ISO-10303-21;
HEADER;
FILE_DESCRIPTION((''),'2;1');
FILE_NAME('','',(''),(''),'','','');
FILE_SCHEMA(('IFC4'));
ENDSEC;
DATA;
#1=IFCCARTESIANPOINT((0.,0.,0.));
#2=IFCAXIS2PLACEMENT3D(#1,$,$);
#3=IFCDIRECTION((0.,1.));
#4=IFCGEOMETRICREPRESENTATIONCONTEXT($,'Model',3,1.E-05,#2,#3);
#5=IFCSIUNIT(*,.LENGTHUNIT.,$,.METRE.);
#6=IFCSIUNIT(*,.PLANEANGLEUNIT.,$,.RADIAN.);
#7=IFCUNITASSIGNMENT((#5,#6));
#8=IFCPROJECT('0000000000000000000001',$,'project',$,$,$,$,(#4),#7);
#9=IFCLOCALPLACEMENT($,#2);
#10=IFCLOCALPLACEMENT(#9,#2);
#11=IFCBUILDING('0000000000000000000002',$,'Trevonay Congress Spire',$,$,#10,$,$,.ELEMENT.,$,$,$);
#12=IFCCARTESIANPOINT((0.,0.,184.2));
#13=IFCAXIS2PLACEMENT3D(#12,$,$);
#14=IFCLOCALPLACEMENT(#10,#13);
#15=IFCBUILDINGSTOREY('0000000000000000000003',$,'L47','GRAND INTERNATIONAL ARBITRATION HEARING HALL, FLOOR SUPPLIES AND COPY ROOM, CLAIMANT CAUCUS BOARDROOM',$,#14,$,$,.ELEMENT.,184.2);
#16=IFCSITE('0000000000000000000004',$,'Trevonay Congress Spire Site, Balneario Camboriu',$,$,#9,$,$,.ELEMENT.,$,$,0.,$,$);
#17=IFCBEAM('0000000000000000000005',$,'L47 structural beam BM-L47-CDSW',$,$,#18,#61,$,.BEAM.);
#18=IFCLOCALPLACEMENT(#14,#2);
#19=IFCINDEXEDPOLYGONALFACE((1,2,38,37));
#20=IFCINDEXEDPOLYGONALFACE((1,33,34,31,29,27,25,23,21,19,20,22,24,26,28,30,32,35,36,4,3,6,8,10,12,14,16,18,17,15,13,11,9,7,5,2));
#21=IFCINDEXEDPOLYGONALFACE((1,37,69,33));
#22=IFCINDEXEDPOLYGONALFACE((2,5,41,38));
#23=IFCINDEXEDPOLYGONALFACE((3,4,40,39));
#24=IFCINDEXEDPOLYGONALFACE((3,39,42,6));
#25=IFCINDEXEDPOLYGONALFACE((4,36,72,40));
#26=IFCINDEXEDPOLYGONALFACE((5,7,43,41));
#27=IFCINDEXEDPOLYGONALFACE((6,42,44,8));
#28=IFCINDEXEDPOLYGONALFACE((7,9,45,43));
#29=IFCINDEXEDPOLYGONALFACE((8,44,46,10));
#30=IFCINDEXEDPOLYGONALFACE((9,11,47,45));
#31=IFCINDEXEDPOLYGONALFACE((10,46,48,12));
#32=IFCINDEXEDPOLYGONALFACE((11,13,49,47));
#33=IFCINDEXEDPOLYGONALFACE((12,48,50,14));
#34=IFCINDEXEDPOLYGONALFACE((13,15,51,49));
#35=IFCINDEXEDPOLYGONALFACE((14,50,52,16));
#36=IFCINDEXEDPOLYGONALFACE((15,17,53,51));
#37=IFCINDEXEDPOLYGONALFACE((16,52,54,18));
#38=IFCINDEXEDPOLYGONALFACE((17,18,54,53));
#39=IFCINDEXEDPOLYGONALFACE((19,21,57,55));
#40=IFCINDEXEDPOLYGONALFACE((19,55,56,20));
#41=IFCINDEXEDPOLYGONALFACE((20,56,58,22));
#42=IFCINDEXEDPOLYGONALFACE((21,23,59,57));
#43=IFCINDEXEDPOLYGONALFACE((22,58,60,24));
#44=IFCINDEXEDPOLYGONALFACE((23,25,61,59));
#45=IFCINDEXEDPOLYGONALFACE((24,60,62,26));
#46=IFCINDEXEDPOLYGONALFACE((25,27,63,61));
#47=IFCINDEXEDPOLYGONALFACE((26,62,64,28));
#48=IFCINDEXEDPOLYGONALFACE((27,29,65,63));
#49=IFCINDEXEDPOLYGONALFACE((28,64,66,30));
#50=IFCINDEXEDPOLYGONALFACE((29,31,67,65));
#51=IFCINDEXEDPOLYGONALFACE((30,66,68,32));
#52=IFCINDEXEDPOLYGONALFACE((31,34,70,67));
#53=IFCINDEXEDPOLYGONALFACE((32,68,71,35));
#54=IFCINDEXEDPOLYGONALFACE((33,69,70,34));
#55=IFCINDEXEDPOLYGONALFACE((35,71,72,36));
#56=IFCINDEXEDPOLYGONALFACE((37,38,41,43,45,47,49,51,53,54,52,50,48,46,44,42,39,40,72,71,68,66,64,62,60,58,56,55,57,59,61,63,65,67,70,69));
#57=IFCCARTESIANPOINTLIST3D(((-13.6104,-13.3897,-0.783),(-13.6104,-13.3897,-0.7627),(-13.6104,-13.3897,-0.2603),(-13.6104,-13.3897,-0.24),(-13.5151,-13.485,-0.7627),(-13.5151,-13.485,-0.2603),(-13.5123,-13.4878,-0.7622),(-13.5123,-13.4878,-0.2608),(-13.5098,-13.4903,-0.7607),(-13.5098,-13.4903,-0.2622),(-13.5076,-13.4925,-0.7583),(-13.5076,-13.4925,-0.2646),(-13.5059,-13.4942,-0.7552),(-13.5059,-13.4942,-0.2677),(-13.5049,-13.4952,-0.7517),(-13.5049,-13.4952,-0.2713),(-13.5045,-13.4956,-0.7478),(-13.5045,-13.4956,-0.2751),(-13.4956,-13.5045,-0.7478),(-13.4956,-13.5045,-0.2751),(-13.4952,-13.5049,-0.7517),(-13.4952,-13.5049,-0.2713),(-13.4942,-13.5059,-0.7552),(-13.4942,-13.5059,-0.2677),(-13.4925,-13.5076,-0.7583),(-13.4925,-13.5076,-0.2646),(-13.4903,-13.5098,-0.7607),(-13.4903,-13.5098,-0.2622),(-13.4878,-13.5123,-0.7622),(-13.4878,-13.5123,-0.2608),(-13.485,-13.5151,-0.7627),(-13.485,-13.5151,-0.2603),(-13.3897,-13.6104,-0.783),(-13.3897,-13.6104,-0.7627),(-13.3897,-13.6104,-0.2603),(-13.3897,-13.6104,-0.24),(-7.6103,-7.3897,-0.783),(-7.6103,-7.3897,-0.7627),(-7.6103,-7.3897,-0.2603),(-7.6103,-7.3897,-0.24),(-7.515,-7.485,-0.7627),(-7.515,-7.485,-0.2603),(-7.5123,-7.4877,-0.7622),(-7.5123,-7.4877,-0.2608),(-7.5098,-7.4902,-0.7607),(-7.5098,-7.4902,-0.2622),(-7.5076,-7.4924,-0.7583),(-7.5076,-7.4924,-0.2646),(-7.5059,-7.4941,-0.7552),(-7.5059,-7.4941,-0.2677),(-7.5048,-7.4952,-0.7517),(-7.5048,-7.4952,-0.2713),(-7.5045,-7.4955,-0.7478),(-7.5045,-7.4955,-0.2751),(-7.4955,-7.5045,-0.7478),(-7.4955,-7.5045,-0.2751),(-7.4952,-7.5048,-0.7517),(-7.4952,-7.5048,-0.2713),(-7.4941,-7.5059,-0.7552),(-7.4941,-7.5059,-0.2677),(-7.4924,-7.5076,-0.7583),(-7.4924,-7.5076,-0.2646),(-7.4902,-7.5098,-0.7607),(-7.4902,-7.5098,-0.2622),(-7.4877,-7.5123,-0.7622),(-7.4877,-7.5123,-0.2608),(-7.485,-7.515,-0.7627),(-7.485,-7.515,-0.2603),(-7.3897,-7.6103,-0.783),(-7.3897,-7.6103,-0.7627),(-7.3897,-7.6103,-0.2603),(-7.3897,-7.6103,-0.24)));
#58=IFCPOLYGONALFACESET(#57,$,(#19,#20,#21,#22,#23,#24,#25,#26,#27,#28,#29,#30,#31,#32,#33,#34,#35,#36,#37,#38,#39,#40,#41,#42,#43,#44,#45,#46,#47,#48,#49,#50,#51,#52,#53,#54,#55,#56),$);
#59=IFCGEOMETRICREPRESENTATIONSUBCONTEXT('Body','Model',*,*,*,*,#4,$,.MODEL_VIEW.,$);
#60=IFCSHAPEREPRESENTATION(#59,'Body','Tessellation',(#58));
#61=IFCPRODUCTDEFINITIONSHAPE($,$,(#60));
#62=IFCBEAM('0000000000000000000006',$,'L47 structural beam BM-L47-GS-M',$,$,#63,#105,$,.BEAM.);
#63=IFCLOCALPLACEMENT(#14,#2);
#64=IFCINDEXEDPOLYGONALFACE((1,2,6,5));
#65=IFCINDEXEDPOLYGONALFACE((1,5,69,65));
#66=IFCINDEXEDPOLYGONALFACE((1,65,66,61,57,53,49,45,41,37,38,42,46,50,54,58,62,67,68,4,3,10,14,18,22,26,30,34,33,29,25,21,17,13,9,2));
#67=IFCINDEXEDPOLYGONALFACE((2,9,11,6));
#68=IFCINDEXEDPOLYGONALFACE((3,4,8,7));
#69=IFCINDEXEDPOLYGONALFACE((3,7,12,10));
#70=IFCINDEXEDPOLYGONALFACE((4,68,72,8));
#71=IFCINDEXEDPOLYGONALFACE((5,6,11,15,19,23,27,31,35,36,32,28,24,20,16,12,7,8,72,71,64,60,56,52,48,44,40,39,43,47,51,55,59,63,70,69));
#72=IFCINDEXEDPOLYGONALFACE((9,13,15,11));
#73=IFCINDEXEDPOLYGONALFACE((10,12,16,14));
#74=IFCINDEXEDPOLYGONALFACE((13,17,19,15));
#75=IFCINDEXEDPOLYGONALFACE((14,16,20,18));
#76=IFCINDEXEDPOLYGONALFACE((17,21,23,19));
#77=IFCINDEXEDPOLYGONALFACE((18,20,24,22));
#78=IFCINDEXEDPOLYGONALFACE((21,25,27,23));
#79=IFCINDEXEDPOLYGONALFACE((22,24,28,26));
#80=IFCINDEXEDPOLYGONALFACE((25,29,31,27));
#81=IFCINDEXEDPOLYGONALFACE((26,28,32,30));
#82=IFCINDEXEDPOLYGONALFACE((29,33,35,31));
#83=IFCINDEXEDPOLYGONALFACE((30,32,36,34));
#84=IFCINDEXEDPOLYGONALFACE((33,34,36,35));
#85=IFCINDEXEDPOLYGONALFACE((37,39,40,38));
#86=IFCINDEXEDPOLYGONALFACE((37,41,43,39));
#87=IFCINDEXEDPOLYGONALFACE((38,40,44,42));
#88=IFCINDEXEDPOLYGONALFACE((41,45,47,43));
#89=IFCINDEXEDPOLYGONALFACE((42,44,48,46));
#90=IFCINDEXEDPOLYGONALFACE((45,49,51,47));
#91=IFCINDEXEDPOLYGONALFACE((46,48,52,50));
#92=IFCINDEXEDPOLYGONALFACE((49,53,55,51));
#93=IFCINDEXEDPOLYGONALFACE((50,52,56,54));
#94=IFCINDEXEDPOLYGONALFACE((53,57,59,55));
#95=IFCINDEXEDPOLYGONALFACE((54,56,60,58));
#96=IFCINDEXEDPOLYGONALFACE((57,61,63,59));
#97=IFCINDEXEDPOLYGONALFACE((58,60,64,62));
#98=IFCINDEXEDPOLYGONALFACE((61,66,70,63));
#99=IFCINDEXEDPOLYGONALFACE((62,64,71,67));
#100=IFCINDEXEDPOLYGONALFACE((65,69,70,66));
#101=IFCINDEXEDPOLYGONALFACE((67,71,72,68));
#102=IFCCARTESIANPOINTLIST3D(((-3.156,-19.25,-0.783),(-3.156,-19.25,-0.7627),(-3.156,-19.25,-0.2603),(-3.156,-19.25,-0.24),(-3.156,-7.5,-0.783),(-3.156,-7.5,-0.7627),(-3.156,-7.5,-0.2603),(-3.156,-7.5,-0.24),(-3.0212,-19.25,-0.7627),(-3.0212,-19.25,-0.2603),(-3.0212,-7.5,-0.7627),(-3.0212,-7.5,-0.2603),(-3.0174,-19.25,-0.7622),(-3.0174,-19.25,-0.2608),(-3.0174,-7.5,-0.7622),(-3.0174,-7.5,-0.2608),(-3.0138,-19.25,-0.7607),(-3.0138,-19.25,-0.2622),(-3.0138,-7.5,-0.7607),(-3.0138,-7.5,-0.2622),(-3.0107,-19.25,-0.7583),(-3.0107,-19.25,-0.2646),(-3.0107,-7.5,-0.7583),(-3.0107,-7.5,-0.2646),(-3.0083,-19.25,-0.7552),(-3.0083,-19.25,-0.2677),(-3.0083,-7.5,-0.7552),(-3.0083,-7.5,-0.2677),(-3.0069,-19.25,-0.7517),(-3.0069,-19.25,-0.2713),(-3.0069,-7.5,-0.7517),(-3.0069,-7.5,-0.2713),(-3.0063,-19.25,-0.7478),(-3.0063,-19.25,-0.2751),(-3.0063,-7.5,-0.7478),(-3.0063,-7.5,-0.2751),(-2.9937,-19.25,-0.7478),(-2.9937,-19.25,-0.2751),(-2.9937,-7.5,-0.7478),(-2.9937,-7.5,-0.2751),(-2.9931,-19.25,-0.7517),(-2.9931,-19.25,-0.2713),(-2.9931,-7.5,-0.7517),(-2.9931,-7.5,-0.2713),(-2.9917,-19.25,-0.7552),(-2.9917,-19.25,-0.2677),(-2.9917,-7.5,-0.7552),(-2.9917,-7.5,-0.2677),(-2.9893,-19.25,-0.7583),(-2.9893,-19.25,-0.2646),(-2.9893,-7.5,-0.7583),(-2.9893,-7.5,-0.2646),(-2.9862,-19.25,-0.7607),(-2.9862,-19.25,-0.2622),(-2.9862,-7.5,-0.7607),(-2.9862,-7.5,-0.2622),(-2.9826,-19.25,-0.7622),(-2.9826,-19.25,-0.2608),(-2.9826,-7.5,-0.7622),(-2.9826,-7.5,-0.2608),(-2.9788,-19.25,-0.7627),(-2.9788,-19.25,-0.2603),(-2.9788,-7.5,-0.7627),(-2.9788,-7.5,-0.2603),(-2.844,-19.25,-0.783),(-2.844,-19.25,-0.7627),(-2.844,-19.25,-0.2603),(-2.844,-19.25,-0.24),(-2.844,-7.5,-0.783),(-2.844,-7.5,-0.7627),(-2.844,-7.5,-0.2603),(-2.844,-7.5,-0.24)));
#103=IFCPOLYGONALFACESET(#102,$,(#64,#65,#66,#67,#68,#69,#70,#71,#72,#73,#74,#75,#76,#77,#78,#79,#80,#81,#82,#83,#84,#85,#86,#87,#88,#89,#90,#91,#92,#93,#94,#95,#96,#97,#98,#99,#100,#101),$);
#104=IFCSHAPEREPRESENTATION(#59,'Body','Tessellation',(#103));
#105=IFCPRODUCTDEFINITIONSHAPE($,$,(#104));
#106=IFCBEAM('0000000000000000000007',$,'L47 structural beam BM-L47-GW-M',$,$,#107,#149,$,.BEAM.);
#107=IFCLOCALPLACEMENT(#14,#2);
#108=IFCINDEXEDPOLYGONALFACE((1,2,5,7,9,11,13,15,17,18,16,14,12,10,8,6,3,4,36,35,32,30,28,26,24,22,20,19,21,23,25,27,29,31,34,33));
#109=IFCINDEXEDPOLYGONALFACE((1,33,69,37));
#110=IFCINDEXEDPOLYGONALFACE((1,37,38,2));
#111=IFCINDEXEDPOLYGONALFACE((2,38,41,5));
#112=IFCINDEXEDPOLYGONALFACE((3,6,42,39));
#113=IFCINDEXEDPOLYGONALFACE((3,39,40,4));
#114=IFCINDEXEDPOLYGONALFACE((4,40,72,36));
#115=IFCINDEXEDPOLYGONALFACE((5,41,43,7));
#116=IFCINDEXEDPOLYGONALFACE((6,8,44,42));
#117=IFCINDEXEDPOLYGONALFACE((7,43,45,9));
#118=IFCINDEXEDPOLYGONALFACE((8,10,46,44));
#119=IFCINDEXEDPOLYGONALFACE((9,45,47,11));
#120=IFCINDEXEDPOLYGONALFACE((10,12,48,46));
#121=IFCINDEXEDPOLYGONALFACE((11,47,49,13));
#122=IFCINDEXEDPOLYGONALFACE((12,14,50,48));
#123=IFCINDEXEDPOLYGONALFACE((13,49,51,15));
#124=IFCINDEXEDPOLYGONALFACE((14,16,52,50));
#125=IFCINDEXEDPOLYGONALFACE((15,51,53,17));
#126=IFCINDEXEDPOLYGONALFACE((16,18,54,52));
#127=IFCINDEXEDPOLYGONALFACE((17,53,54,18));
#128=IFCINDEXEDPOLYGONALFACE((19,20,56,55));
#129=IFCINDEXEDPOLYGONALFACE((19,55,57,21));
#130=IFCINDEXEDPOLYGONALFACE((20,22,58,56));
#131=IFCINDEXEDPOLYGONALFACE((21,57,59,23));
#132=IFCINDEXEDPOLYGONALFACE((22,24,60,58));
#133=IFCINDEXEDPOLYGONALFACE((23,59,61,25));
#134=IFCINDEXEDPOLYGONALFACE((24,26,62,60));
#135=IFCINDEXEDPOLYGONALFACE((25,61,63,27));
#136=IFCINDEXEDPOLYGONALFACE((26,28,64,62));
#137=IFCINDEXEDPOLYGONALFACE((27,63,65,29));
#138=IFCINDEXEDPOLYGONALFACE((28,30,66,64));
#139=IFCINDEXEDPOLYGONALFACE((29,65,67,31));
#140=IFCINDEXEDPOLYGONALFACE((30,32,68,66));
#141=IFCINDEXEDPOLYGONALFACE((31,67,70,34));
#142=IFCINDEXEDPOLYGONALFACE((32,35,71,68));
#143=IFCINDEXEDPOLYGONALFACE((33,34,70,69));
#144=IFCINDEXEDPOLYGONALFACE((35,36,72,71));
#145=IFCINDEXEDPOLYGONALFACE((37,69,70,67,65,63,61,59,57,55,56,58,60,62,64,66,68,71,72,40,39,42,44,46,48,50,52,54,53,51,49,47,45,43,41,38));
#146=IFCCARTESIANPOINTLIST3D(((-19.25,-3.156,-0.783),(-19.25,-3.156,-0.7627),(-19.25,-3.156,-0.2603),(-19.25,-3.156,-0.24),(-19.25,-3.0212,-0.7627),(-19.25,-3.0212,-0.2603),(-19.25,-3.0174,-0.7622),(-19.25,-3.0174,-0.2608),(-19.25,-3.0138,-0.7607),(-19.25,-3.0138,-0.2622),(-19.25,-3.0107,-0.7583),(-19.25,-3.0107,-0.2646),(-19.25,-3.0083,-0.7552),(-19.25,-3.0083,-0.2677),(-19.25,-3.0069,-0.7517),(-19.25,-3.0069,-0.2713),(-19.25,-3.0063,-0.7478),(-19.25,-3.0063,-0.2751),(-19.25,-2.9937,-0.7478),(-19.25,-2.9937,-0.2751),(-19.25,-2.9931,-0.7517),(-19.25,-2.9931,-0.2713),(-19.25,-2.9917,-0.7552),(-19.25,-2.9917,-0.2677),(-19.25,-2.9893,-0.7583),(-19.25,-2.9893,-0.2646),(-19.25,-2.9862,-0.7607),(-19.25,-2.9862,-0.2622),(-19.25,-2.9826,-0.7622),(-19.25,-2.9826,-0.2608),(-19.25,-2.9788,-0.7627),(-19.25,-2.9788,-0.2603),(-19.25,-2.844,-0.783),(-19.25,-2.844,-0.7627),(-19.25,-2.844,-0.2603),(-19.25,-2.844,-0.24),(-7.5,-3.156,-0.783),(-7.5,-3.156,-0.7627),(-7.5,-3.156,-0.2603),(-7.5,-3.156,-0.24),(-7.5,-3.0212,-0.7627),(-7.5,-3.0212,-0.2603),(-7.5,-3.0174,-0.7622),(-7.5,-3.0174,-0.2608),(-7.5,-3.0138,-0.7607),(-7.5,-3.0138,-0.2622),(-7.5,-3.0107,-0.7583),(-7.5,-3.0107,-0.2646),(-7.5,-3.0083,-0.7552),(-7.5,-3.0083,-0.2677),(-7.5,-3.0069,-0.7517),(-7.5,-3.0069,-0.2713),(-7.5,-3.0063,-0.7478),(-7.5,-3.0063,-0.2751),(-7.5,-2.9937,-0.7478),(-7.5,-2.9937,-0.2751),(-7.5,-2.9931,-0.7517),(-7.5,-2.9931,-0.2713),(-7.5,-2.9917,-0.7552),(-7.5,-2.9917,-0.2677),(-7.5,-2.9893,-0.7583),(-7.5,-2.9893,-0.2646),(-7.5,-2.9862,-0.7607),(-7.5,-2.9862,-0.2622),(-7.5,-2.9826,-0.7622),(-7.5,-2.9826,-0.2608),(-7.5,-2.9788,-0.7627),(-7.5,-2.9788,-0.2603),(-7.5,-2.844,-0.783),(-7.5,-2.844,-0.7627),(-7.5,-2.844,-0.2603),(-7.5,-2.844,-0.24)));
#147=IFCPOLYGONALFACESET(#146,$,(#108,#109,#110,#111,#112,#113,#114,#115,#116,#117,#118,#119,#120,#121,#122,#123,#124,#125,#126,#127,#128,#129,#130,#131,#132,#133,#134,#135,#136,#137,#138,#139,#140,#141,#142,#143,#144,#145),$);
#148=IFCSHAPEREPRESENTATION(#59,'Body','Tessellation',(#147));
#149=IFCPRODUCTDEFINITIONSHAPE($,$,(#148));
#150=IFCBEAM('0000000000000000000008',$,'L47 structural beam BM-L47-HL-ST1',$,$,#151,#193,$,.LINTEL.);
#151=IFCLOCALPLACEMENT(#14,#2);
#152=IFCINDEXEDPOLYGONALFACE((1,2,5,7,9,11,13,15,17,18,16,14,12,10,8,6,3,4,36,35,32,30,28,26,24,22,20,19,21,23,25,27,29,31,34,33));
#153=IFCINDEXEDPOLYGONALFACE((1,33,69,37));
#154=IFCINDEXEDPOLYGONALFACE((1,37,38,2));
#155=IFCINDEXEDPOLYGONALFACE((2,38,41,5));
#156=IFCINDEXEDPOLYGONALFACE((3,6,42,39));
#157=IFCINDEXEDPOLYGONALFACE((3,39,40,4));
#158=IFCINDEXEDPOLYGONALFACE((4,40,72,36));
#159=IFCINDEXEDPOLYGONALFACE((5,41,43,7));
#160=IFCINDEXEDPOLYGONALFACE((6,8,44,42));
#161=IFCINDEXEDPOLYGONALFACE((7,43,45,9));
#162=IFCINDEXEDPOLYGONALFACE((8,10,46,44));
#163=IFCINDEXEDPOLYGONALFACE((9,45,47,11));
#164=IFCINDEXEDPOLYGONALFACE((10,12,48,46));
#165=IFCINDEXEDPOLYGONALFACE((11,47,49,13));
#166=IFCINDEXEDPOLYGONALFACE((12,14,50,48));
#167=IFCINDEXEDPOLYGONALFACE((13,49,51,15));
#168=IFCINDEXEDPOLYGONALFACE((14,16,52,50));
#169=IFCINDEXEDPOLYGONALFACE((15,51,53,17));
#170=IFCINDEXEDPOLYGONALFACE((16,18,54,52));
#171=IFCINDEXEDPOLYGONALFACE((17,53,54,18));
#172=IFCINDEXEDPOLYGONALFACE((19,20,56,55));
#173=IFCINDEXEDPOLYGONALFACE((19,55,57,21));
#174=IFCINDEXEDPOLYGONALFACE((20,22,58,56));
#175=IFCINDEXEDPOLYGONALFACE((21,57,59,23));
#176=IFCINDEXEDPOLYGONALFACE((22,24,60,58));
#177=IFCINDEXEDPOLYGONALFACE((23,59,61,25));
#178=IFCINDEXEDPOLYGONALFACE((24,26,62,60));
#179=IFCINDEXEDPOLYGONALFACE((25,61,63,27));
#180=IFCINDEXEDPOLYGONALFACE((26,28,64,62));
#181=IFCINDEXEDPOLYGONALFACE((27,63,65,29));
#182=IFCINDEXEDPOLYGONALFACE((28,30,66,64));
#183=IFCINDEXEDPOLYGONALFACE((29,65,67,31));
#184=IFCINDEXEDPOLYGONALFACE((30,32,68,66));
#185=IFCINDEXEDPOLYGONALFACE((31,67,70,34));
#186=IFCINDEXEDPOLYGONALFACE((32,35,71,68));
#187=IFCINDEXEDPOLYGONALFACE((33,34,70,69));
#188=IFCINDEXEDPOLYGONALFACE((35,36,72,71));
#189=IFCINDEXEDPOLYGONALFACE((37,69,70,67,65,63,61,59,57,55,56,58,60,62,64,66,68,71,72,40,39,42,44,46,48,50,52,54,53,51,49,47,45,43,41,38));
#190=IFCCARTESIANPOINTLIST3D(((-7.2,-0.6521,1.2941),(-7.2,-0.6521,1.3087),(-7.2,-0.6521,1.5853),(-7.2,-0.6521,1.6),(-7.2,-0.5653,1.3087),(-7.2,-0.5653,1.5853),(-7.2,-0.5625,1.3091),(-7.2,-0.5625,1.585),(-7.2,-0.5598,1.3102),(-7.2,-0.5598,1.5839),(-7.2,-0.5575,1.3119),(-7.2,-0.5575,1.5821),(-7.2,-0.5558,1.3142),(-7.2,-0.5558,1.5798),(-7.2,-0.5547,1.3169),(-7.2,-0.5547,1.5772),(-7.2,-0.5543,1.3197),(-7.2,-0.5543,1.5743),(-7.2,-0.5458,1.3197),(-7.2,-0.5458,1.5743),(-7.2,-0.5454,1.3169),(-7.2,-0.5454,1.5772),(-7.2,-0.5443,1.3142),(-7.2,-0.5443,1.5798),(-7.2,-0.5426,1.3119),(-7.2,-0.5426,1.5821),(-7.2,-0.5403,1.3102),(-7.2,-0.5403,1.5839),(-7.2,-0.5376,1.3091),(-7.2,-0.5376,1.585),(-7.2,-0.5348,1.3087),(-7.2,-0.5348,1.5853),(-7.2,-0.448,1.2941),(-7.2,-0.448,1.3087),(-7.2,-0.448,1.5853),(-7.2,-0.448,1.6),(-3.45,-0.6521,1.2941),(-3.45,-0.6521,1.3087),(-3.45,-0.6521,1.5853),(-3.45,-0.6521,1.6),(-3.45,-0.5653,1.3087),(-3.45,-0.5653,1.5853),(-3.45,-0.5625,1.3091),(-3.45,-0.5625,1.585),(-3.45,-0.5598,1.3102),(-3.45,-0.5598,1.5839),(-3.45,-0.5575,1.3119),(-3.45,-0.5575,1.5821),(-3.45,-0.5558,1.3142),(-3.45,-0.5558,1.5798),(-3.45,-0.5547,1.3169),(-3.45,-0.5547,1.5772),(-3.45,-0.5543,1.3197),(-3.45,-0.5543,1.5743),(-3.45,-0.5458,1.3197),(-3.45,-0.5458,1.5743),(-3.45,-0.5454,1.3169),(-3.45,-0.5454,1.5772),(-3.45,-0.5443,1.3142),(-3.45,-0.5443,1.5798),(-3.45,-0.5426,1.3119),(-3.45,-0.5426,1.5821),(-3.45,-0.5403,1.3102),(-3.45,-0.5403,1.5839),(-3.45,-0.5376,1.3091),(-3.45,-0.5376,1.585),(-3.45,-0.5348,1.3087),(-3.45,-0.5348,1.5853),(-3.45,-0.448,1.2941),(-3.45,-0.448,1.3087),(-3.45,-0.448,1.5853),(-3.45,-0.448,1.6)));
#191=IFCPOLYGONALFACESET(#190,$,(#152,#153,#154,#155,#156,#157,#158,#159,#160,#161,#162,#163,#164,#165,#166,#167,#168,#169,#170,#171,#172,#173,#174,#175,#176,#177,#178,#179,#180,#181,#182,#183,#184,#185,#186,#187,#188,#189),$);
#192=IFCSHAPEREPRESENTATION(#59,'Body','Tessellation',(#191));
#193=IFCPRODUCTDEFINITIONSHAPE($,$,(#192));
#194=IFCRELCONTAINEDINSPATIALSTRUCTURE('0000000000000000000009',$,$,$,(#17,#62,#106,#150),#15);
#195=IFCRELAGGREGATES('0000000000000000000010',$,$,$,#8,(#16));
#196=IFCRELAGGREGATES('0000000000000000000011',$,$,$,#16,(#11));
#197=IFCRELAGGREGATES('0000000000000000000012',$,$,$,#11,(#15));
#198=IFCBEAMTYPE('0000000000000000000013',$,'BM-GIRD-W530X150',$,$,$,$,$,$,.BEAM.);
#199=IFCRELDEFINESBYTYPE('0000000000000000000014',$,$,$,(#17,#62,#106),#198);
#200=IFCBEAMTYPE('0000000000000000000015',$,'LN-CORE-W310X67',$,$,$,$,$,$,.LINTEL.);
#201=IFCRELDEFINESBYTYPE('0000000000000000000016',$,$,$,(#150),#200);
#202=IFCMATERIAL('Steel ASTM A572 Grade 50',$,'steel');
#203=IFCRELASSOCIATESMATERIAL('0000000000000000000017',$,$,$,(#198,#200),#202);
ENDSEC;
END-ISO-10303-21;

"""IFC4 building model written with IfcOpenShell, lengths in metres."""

from ifc_helpers import new_model, si_unit, direction, frame, origin, origin_2d, place, context, subcontext, project, spatial, i_section, extrude, material, material_profile, profile_set, type_object, element, save


model = new_model("IFC4")

# Units and contexts
model_context = context("Model", 3, precision=1e-05, world=origin(), true_north=direction((0.0, 1.0)))
body_context = subcontext(model_context, "Body", "Model", "MODEL_VIEW")
ifc_project = project(units=[si_unit("LENGTHUNIT", "METRE"), si_unit("PLANEANGLEUNIT", "RADIAN")], contexts=[model_context])

# Site, building, storey
site_placement = place(None, origin())
site = spatial("IfcSite", under=ifc_project, at=site_placement, Name="Trevonay Congress Spire Site, Balneario Camboriu", CompositionType="ELEMENT", RefElevation=0.0)
building_placement = place(site_placement, origin())
building = spatial("IfcBuilding", under=site, at=building_placement, Name="Trevonay Congress Spire", CompositionType="ELEMENT")
storey_placement = place(building_placement, frame((0.0, 0.0, 184.2)))
storey = spatial("IfcBuildingStorey", under=building, at=storey_placement, Name="L47", Description="GRAND INTERNATIONAL ARBITRATION HEARING HALL, FLOOR SUPPLIES AND COPY ROOM, CLAIMANT CAUCUS BOARDROOM", CompositionType="ELEMENT", Elevation=184.2)

# Shared definitions
ifc_material_1 = material(Name="Steel ASTM A572 Grade 50", Category="steel")

# Beams
ifc_material_profile_1 = material_profile(ifc_material_1, i_section(OverallWidth=0.312, OverallDepth=0.543, WebThickness=0.0127, FlangeThickness=0.0203, FilletRadius=0.0149, at=origin_2d()), Name="W530x150")
ifc_profile_set_1 = profile_set([ifc_material_profile_1], Name="Steel ASTM A572 Grade 50")
beam_type_1 = type_object("IfcBeamType", Name="BM-GIRD-W530X150", PredefinedType="BEAM", material=ifc_profile_set_1)
beam_1_placement = place(storey_placement, frame((-7.5, -7.5, -0.5115), z_axis=(-0.707107, -0.707107, 0.0), x_axis=(0.707107, -0.707107, 0.0)))
element("IfcBeam", 1, at=beam_1_placement, inside=storey, type_object=beam_type_1, Name="L47 structural beam BM-L47-CDSW", PredefinedType="BEAM", context=body_context, shape_type="SweptSolid", body=[
    extrude(i_section(OverallWidth=0.312, OverallDepth=0.543, WebThickness=0.0127, FlangeThickness=0.0203, FilletRadius=0.0149, at=origin_2d()), origin(), (0.0, 0.0, 1.0), 8.4854),
])
for number, where, z_axis, x_axis, name in (
    (2, (-3.0, -7.5, -0.5115), (0.0, -1.0, 0.0), (1.0, 0.0, 0.0), "L47 structural beam BM-L47-GS-M"),
    (3, (-7.5, -3.0, -0.5115), (-1.0, 0.0, 0.0), (0.0, -1.0, 0.0), "L47 structural beam BM-L47-GW-M"),
):
    element("IfcBeam", number, at=place(storey_placement, frame(where, z_axis=z_axis, x_axis=x_axis)), inside=storey, type_object=beam_type_1, Name=name, PredefinedType="BEAM", context=body_context, shape_type="SweptSolid", body=[
        extrude(i_section(OverallWidth=0.312, OverallDepth=0.543, WebThickness=0.0127, FlangeThickness=0.0203, FilletRadius=0.0149, at=origin_2d()), origin(), (0.0, 0.0, 1.0), 11.75),
    ])
ifc_material_profile_2 = material_profile(ifc_material_1, i_section(OverallWidth=0.2041, OverallDepth=0.3059, WebThickness=0.0085, FlangeThickness=0.0146, FilletRadius=0.011, at=origin_2d()), Name="W310x67")
ifc_profile_set_2 = profile_set([ifc_material_profile_2], Name="Steel ASTM A572 Grade 50")
beam_type_2 = type_object("IfcBeamType", Name="LN-CORE-W310X67", PredefinedType="LINTEL", material=ifc_profile_set_2)
beam_2_placement = place(storey_placement, frame((-7.2, -0.55, 1.447), z_axis=(1.0, 0.0, 0.0), x_axis=(0.0, 1.0, 0.0)))
element("IfcBeam", 4, at=beam_2_placement, inside=storey, type_object=beam_type_2, Name="L47 structural beam BM-L47-HL-ST1", PredefinedType="LINTEL", context=body_context, shape_type="SweptSolid", body=[
    extrude(i_section(OverallWidth=0.2041, OverallDepth=0.3059, WebThickness=0.0085, FlangeThickness=0.0146, FilletRadius=0.011, at=origin_2d()), origin(), (0.0, 0.0, 1.0), 3.75),
])

save(model, "model.ifc")
